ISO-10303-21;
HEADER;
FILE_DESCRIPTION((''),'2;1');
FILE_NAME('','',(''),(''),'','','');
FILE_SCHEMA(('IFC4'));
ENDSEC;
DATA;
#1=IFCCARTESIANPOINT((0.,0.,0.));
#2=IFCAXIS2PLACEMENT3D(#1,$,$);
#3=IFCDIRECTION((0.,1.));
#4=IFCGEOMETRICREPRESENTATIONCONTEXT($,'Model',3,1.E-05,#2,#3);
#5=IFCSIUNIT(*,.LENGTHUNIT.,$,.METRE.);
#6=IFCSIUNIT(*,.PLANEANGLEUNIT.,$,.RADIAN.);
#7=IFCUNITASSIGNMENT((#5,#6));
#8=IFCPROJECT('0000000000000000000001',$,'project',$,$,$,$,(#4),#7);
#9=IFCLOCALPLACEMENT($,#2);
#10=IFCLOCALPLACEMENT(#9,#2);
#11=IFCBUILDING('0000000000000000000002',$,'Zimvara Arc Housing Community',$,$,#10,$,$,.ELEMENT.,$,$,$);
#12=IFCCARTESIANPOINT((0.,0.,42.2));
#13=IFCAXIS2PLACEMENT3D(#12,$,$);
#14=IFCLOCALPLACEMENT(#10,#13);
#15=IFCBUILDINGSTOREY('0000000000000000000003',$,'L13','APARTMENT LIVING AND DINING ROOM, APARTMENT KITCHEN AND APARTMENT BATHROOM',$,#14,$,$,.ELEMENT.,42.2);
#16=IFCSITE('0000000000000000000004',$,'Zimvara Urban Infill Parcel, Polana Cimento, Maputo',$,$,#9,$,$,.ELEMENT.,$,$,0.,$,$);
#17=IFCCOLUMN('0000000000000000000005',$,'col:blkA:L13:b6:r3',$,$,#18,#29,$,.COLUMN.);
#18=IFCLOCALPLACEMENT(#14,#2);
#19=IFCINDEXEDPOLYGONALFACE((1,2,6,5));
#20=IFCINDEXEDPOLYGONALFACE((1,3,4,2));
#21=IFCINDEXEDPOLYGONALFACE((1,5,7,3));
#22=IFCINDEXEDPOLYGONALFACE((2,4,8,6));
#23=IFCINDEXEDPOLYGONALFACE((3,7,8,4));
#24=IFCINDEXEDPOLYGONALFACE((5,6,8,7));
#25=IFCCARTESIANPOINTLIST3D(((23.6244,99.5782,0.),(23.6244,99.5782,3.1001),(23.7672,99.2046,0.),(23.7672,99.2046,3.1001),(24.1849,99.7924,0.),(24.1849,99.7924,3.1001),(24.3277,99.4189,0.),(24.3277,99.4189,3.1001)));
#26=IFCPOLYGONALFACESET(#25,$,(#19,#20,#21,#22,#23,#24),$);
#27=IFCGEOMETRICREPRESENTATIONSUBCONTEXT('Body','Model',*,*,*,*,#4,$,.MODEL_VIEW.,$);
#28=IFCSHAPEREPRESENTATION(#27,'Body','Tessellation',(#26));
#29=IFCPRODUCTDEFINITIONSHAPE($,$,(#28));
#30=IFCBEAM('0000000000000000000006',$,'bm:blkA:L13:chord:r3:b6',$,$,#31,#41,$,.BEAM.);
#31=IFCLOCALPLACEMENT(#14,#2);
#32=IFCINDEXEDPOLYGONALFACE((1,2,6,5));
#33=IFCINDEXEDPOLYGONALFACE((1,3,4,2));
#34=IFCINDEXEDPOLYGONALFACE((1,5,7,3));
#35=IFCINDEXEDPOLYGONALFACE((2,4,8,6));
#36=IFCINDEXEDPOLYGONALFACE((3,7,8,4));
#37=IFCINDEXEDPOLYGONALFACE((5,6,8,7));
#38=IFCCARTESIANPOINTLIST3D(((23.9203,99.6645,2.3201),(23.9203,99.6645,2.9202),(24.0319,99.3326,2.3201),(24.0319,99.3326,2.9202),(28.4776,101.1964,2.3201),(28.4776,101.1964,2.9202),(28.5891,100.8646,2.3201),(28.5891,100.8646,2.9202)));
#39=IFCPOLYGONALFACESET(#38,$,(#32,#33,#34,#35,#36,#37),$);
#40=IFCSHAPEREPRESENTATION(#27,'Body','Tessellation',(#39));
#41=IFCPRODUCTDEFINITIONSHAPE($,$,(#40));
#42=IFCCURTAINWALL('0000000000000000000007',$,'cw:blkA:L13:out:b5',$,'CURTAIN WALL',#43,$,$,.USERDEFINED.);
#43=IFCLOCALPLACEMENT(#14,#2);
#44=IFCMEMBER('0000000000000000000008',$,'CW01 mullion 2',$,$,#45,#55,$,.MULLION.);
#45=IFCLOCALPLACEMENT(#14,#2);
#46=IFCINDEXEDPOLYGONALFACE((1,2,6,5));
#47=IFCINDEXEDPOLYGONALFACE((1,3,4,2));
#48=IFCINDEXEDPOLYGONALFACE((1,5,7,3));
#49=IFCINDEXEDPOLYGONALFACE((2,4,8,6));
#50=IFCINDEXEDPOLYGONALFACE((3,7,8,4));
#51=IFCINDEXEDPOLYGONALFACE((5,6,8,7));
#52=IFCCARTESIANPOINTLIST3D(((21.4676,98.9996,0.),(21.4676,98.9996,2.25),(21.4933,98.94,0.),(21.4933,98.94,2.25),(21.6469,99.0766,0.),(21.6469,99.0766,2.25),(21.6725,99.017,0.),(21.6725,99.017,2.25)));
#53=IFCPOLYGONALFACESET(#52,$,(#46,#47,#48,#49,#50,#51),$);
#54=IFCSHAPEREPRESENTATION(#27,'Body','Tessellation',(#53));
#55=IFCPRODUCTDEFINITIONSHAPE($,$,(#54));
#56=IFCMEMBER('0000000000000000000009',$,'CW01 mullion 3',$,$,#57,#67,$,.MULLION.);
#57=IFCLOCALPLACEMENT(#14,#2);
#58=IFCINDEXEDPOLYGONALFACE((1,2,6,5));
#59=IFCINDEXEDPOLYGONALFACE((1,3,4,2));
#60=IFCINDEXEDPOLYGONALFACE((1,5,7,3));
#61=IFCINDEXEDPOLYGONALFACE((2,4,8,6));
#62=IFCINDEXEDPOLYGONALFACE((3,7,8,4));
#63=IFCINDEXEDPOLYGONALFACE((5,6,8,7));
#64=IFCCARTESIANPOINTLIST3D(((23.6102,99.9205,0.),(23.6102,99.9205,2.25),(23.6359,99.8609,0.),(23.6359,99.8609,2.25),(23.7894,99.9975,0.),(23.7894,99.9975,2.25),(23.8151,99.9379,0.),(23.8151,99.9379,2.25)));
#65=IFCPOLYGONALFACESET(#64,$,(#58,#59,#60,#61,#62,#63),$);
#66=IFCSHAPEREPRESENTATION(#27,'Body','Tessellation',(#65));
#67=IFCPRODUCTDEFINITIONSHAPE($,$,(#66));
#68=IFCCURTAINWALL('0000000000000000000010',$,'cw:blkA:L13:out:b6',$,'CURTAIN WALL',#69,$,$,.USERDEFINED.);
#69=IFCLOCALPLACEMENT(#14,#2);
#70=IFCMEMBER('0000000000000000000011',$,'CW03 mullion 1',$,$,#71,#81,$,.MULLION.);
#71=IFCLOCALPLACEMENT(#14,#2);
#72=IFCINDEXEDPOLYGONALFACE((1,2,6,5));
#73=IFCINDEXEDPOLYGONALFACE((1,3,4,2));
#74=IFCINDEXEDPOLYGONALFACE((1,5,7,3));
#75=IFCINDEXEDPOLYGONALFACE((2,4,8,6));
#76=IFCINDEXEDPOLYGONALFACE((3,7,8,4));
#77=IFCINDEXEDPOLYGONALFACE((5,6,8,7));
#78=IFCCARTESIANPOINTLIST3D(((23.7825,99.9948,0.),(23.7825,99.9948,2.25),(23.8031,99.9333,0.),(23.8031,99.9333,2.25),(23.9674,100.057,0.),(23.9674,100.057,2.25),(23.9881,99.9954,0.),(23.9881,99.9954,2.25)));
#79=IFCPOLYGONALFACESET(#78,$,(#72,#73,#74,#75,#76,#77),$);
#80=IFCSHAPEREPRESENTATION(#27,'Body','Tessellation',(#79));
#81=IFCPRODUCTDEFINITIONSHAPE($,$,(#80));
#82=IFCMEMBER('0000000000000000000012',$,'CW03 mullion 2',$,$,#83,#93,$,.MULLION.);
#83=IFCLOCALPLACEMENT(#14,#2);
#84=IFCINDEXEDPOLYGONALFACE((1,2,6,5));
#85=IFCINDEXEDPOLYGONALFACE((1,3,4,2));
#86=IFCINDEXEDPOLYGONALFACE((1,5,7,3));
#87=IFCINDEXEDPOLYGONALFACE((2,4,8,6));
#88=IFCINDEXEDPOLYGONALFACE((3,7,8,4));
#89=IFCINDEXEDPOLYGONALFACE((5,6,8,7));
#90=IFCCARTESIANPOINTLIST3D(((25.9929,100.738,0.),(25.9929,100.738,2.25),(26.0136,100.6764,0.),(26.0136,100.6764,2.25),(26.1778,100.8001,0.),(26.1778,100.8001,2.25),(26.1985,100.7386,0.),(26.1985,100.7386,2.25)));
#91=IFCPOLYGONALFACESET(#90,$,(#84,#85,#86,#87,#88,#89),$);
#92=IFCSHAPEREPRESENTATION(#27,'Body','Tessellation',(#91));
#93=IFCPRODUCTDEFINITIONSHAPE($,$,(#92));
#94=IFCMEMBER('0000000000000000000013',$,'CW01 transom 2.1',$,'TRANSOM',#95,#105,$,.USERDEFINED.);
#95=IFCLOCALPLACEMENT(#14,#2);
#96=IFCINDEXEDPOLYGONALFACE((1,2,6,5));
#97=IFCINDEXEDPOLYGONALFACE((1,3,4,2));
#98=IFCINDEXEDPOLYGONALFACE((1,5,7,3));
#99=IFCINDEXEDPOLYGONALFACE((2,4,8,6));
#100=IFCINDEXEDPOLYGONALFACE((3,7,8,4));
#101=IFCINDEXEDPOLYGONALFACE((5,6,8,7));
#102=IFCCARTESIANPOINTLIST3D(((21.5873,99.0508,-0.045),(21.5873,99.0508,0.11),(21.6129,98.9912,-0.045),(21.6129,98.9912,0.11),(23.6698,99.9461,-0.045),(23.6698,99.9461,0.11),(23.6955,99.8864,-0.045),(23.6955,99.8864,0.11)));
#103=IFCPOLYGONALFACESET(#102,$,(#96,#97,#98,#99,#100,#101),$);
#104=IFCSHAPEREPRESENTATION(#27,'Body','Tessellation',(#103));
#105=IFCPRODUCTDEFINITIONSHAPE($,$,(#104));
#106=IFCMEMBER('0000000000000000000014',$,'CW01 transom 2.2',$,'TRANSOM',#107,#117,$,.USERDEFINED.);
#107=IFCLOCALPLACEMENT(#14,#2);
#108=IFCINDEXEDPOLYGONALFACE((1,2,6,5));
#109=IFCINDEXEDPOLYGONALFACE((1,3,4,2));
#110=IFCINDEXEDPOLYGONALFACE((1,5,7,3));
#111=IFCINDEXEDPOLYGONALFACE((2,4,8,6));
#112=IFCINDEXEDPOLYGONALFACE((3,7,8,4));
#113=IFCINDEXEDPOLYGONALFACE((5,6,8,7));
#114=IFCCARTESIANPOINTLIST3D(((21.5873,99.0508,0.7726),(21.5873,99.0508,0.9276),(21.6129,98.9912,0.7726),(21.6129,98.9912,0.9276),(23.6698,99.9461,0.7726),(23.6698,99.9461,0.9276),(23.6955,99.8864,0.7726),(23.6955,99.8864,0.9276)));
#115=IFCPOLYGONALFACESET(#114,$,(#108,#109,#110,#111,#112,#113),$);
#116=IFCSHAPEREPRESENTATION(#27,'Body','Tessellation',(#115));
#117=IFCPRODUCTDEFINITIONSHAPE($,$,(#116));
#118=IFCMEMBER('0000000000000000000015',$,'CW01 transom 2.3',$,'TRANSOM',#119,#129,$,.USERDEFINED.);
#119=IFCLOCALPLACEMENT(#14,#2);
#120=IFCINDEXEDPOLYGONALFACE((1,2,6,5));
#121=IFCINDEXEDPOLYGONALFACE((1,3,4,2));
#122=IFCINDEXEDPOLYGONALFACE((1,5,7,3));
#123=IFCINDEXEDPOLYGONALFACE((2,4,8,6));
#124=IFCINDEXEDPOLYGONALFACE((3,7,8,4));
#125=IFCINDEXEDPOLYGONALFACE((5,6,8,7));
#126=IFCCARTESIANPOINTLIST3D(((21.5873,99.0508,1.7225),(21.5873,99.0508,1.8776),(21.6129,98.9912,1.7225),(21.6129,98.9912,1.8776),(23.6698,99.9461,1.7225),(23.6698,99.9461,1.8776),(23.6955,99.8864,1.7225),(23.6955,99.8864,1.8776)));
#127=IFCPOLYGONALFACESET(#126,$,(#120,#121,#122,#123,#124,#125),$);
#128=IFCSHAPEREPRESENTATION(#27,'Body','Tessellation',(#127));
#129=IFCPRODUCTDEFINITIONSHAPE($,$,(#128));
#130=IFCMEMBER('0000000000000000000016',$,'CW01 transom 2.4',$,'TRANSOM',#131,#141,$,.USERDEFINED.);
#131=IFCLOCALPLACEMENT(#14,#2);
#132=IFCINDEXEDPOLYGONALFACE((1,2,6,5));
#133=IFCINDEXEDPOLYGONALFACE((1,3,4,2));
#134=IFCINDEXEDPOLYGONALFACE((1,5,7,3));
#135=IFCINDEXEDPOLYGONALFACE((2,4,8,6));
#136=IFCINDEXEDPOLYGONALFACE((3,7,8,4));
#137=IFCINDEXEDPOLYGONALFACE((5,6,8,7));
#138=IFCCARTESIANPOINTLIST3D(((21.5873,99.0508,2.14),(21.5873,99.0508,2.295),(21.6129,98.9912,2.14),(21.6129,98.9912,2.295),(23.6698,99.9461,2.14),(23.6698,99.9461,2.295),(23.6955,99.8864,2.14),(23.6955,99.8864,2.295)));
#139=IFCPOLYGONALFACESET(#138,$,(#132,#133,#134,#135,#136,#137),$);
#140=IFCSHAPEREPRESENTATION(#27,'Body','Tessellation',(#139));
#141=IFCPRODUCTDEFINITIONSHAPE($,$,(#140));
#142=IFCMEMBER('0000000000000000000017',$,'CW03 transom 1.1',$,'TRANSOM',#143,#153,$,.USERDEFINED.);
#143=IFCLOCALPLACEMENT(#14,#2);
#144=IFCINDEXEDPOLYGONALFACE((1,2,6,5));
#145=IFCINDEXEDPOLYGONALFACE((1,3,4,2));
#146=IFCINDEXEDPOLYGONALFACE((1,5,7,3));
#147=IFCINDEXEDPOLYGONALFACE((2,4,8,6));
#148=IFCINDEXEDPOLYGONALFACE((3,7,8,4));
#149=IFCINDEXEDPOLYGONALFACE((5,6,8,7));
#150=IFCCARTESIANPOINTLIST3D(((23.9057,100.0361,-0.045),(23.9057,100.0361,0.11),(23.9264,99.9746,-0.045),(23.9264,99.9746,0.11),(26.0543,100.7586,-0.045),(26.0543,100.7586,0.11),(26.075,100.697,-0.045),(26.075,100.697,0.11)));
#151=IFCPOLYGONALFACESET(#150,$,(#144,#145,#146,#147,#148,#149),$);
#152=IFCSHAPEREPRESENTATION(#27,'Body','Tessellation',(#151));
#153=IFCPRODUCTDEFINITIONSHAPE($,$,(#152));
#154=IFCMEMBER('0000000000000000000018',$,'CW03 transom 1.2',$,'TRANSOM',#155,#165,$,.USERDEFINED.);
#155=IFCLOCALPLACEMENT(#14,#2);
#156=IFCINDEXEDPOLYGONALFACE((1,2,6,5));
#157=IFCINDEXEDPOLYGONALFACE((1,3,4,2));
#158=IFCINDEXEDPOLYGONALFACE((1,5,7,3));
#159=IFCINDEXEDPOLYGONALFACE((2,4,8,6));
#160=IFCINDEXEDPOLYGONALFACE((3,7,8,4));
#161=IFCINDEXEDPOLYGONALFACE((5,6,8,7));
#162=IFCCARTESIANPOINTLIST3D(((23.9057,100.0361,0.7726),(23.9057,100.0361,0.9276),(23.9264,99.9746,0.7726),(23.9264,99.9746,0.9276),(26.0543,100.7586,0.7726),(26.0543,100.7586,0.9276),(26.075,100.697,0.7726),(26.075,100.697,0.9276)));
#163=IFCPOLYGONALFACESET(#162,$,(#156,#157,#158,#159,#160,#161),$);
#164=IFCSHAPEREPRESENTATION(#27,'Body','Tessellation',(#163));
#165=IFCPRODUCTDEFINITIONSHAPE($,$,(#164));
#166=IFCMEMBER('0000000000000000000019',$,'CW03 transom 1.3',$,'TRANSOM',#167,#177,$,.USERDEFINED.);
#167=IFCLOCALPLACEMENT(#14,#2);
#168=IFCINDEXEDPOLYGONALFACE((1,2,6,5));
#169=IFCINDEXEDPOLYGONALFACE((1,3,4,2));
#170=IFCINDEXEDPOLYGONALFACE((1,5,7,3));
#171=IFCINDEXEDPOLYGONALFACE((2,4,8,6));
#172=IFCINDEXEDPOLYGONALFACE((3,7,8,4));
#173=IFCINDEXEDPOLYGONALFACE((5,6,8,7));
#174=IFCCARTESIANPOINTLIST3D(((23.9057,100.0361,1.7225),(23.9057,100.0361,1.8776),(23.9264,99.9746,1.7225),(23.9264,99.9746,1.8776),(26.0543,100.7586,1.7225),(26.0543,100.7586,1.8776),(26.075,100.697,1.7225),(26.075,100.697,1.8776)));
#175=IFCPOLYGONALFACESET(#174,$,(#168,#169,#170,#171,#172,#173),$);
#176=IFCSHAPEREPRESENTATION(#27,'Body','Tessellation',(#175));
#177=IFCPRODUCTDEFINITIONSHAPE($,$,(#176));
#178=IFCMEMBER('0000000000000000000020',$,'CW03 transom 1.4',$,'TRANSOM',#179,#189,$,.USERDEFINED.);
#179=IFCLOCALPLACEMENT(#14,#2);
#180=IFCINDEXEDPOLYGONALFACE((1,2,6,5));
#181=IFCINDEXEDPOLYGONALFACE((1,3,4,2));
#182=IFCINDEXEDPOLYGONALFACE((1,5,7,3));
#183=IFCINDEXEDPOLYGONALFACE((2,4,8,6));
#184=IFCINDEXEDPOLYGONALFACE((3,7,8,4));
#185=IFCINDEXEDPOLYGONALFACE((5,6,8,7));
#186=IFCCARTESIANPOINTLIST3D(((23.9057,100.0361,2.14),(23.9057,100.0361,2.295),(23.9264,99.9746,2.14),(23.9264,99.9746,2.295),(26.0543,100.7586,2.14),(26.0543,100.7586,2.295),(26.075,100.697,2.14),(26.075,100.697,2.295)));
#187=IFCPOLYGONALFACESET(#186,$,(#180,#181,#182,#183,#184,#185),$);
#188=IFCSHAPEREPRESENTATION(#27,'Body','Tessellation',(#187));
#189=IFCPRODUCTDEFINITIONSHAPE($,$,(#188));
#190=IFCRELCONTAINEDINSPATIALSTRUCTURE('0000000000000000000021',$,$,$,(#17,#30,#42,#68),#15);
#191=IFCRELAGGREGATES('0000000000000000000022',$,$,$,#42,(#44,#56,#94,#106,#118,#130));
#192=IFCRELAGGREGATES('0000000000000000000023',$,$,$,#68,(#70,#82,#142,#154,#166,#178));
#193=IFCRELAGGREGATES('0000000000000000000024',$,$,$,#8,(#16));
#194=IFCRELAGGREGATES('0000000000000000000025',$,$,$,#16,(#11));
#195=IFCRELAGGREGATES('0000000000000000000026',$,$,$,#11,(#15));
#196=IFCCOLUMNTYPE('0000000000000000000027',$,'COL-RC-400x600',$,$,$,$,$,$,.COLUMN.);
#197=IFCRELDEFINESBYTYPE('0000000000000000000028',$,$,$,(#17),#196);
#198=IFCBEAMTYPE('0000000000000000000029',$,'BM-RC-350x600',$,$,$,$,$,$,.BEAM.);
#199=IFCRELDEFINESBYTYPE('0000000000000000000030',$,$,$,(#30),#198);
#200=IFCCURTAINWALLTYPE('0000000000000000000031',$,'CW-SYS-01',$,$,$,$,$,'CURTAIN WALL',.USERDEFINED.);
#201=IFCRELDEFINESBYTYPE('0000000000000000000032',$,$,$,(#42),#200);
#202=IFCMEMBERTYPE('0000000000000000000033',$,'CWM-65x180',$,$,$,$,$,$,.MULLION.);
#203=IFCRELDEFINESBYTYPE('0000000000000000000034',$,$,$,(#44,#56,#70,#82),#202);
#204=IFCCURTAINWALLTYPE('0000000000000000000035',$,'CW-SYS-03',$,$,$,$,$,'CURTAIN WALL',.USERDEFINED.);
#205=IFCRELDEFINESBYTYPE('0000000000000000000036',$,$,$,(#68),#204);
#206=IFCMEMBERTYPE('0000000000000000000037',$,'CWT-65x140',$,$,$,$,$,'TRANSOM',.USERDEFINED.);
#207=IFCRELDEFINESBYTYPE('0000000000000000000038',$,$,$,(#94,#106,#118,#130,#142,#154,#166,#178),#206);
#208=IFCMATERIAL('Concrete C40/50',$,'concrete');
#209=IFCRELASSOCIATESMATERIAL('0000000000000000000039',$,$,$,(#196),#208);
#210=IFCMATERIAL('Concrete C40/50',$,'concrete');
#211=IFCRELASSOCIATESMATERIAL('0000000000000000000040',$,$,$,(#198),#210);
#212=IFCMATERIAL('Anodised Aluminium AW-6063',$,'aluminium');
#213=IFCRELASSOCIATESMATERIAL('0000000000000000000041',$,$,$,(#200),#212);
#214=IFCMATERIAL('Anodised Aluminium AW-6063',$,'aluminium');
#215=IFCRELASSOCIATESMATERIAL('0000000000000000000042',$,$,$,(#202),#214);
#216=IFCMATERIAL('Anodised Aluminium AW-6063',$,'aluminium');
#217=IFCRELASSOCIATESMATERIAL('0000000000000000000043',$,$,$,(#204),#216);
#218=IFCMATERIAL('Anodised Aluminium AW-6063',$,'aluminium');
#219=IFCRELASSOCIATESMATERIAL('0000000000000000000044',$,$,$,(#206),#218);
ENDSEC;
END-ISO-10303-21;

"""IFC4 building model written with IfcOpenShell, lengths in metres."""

from ifc_helpers import new_model, si_unit, direction, frame, origin, origin_2d, place, context, subcontext, project, spatial, rectangle, extrude, material, material_profile, profile_set, type_object, element, aggregate, save


model = new_model("IFC4")

# Units and contexts
model_context = context("Model", 3, precision=1e-05, world=origin(), true_north=direction((0.0, 1.0)))
body_context = subcontext(model_context, "Body", "Model", "MODEL_VIEW")
ifc_project = project(units=[si_unit("LENGTHUNIT", "METRE"), si_unit("PLANEANGLEUNIT", "RADIAN")], contexts=[model_context])

# Site, building, storey
site_placement = place(None, origin())
site = spatial("IfcSite", under=ifc_project, at=site_placement, Name="Zimvara Urban Infill Parcel, Polana Cimento, Maputo", CompositionType="ELEMENT", RefElevation=0.0)
building_placement = place(site_placement, origin())
building = spatial("IfcBuilding", under=site, at=building_placement, Name="Zimvara Arc Housing Community", CompositionType="ELEMENT")
storey_placement = place(building_placement, frame((0.0, 0.0, 42.2)))
storey = spatial("IfcBuildingStorey", under=building, at=storey_placement, Name="L13", Description="APARTMENT LIVING AND DINING ROOM, APARTMENT KITCHEN AND APARTMENT BATHROOM", CompositionType="ELEMENT", Elevation=42.2)

# Column
ifc_material_1 = material(Name="Concrete C40/50", Category="concrete")
ifc_material_profile_1 = material_profile(ifc_material_1, rectangle(XDim=0.3999, YDim=0.6001, at=origin_2d()), Name="RC 400x600")
ifc_profile_set_1 = profile_set([ifc_material_profile_1], Name="Concrete C40/50")
column_type = type_object("IfcColumnType", Name="COL-RC-400x600", PredefinedType="COLUMN", material=ifc_profile_set_1)
column_placement = place(storey_placement, frame((23.9761, 99.4985, 0.0), z_axis=(0.0, 0.0, 1.0), x_axis=(-0.357064, 0.93408, 0.0)))
element("IfcColumn", 1, at=column_placement, inside=storey, type_object=column_type, Name="col:blkA:L13:b6:r3", PredefinedType="COLUMN", context=body_context, shape_type="SweptSolid", body=[
    extrude(rectangle(XDim=0.3999, YDim=0.6001, at=origin_2d()), origin(), (0.0, 0.0, 1.0), 3.1001),
])

# Beam
ifc_material_2 = material(Name="Concrete C40/50", Category="concrete")
ifc_material_profile_2 = material_profile(ifc_material_2, rectangle(XDim=0.3501, YDim=0.6001, at=origin_2d()), Name="RC 350x600")
ifc_profile_set_2 = profile_set([ifc_material_profile_2], Name="Concrete C40/50")
beam_type = type_object("IfcBeamType", Name="BM-RC-350x600", PredefinedType="BEAM", material=ifc_profile_set_2)
beam_placement = place(storey_placement, frame((23.9761, 99.4985, 2.6201), z_axis=(0.947878, 0.318634, 0.0), x_axis=(-0.318634, 0.947878, 0.0)))
element("IfcBeam", 2, at=beam_placement, inside=storey, type_object=beam_type, Name="bm:blkA:L13:chord:r3:b6", PredefinedType="BEAM", context=body_context, shape_type="SweptSolid", body=[
    extrude(rectangle(XDim=0.3501, YDim=0.6001, at=origin_2d()), origin(), (0.0, 0.0, 1.0), 4.8079),
])

# Curtain walls, members
ifc_material_3 = material(Name="Anodised Aluminium AW-6063", Category="aluminium")
curtain_wall_type_1 = type_object("IfcCurtainWallType", Name="CW-SYS-01", ElementType="CURTAIN WALL", PredefinedType="USERDEFINED", material=ifc_material_3)
curtain_wall_1_placement = place(storey_placement, origin())
curtain_wall_1 = element("IfcCurtainWall", 3, at=curtain_wall_1_placement, inside=storey, type_object=curtain_wall_type_1, Name="cw:blkA:L13:out:b5", ObjectType="CURTAIN WALL", PredefinedType="USERDEFINED")
ifc_material_4 = material(Name="Anodised Aluminium AW-6063", Category="aluminium")
ifc_material_profile_3 = material_profile(ifc_material_4, rectangle(XDim=0.0649, YDim=0.1951, at=origin_2d()), Name="ALU 65x195")
ifc_profile_set_3 = profile_set([ifc_material_profile_3], Name="Anodised Aluminium AW-6063")
member_type_1 = type_object("IfcMemberType", Name="CWM-65x180", PredefinedType="MULLION", material=ifc_profile_set_3)
member_1_placement = place(storey_placement, frame((21.5701, 99.0083, 0.0), z_axis=(0.0, 0.0, 1.0), x_axis=(-0.394904, 0.918722, 0.0)))
member_1 = element("IfcMember", 4, at=member_1_placement, type_object=member_type_1, Name="CW01 mullion 2", PredefinedType="MULLION", context=body_context, shape_type="SweptSolid", body=[
    extrude(rectangle(XDim=0.0649, YDim=0.1951, at=origin_2d()), origin(), (0.0, 0.0, 1.0), 2.25),
])
member_2_placement = place(storey_placement, frame((23.7126, 99.9292, 0.0), z_axis=(0.0, 0.0, 1.0), x_axis=(-0.394904, 0.918722, 0.0)))
member_2 = element("IfcMember", 5, at=member_2_placement, type_object=member_type_1, Name="CW01 mullion 3", PredefinedType="MULLION", context=body_context, shape_type="SweptSolid", body=[
    extrude(rectangle(XDim=0.0649, YDim=0.1951, at=origin_2d()), origin(), (0.0, 0.0, 1.0), 2.25),
])
ifc_material_5 = material(Name="Anodised Aluminium AW-6063", Category="aluminium")
curtain_wall_type_2 = type_object("IfcCurtainWallType", Name="CW-SYS-03", ElementType="CURTAIN WALL", PredefinedType="USERDEFINED", material=ifc_material_5)
curtain_wall_2_placement = place(storey_placement, origin())
curtain_wall_2 = element("IfcCurtainWall", 6, at=curtain_wall_2_placement, inside=storey, type_object=curtain_wall_type_2, Name="cw:blkA:L13:out:b6", ObjectType="CURTAIN WALL", PredefinedType="USERDEFINED")
member_3_placement = place(storey_placement, frame((23.8853, 99.9951, 0.0), z_axis=(0.0, 0.0, 1.0), x_axis=(-0.318629, 0.94788, 0.0)))
member_3 = element("IfcMember", 7, at=member_3_placement, type_object=member_type_1, Name="CW03 mullion 1", PredefinedType="MULLION", context=body_context, shape_type="SweptSolid", body=[
    extrude(rectangle(XDim=0.0649, YDim=0.1951, at=origin_2d()), origin(), (0.0, 0.0, 1.0), 2.25),
])
member_4_placement = place(storey_placement, frame((26.0957, 100.7383, 0.0), z_axis=(0.0, 0.0, 1.0), x_axis=(-0.318629, 0.94788, 0.0)))
member_4 = element("IfcMember", 8, at=member_4_placement, type_object=member_type_1, Name="CW03 mullion 2", PredefinedType="MULLION", context=body_context, shape_type="SweptSolid", body=[
    extrude(rectangle(XDim=0.0649, YDim=0.1951, at=origin_2d()), origin(), (0.0, 0.0, 1.0), 2.25),
])

# Members
ifc_material_6 = material(Name="Anodised Aluminium AW-6063", Category="aluminium")
ifc_material_profile_4 = material_profile(ifc_material_6, rectangle(XDim=0.0649, YDim=0.155, at=origin_2d()), Name="ALU 65x155")
ifc_profile_set_4 = profile_set([ifc_material_profile_4], Name="Anodised Aluminium AW-6063")
member_type_2 = type_object("IfcMemberType", Name="CWT-65x140", ElementType="TRANSOM", PredefinedType="USERDEFINED", material=ifc_profile_set_4)
member_5_placement = place(storey_placement, frame((21.6001, 99.021, 0.0325), z_axis=(0.918704, 0.394946, 0.0), x_axis=(-0.394946, 0.918704, 0.0)))
member_5 = element("IfcMember", 9, at=member_5_placement, type_object=member_type_2, Name="CW01 transom 2.1", ObjectType="TRANSOM", PredefinedType="USERDEFINED", context=body_context, shape_type="SweptSolid", body=[
    extrude(rectangle(XDim=0.0649, YDim=0.155, at=origin_2d()), origin(), (0.0, 0.0, 1.0), 2.2668),
])
member_6_placement = place(storey_placement, frame((21.6001, 99.021, 0.8501), z_axis=(0.918704, 0.394946, 0.0), x_axis=(-0.394946, 0.918704, 0.0)))
member_6 = element("IfcMember", 10, at=member_6_placement, type_object=member_type_2, Name="CW01 transom 2.2", ObjectType="TRANSOM", PredefinedType="USERDEFINED", context=body_context, shape_type="SweptSolid", body=[
    extrude(rectangle(XDim=0.0649, YDim=0.155, at=origin_2d()), origin(), (0.0, 0.0, 1.0), 2.2668),
])
member_7_placement = place(storey_placement, frame((21.6001, 99.021, 1.8), z_axis=(0.918704, 0.394946, 0.0), x_axis=(-0.394946, 0.918704, 0.0)))
member_7 = element("IfcMember", 11, at=member_7_placement, type_object=member_type_2, Name="CW01 transom 2.3", ObjectType="TRANSOM", PredefinedType="USERDEFINED", context=body_context, shape_type="SweptSolid", body=[
    extrude(rectangle(XDim=0.0649, YDim=0.155, at=origin_2d()), origin(), (0.0, 0.0, 1.0), 2.2668),
])
member_8_placement = place(storey_placement, frame((21.6001, 99.021, 2.2175), z_axis=(0.918704, 0.394946, 0.0), x_axis=(-0.394946, 0.918704, 0.0)))
member_8 = element("IfcMember", 12, at=member_8_placement, type_object=member_type_2, Name="CW01 transom 2.4", ObjectType="TRANSOM", PredefinedType="USERDEFINED", context=body_context, shape_type="SweptSolid", body=[
    extrude(rectangle(XDim=0.0649, YDim=0.155, at=origin_2d()), origin(), (0.0, 0.0, 1.0), 2.2668),
])
member_9_placement = place(storey_placement, frame((23.916, 100.0054, 0.0325), z_axis=(0.947862, 0.318682, 0.0), x_axis=(-0.318682, 0.947862, 0.0)))
member_9 = element("IfcMember", 13, at=member_9_placement, type_object=member_type_2, Name="CW03 transom 1.1", ObjectType="TRANSOM", PredefinedType="USERDEFINED", context=body_context, shape_type="SweptSolid", body=[
    extrude(rectangle(XDim=0.0649, YDim=0.155, at=origin_2d()), origin(), (0.0, 0.0, 1.0), 2.2668),
])
member_10_placement = place(storey_placement, frame((23.916, 100.0054, 0.8501), z_axis=(0.947862, 0.318682, 0.0), x_axis=(-0.318682, 0.947862, 0.0)))
member_10 = element("IfcMember", 14, at=member_10_placement, type_object=member_type_2, Name="CW03 transom 1.2", ObjectType="TRANSOM", PredefinedType="USERDEFINED", context=body_context, shape_type="SweptSolid", body=[
    extrude(rectangle(XDim=0.0649, YDim=0.155, at=origin_2d()), origin(), (0.0, 0.0, 1.0), 2.2668),
])
member_11_placement = place(storey_placement, frame((23.916, 100.0054, 1.8), z_axis=(0.947862, 0.318682, 0.0), x_axis=(-0.318682, 0.947862, 0.0)))
member_11 = element("IfcMember", 15, at=member_11_placement, type_object=member_type_2, Name="CW03 transom 1.3", ObjectType="TRANSOM", PredefinedType="USERDEFINED", context=body_context, shape_type="SweptSolid", body=[
    extrude(rectangle(XDim=0.0649, YDim=0.155, at=origin_2d()), origin(), (0.0, 0.0, 1.0), 2.2668),
])
member_12_placement = place(storey_placement, frame((23.916, 100.0054, 2.2175), z_axis=(0.947862, 0.318682, 0.0), x_axis=(-0.318682, 0.947862, 0.0)))
member_12 = element("IfcMember", 16, at=member_12_placement, type_object=member_type_2, Name="CW03 transom 1.4", ObjectType="TRANSOM", PredefinedType="USERDEFINED", context=body_context, shape_type="SweptSolid", body=[
    extrude(rectangle(XDim=0.0649, YDim=0.155, at=origin_2d()), origin(), (0.0, 0.0, 1.0), 2.2668),
])

aggregate(curtain_wall_1, [member_1, member_2, member_5, member_6, member_7, member_8])
aggregate(curtain_wall_2, [member_3, member_4, member_9, member_10, member_11, member_12])

save(model, "model.ifc")
